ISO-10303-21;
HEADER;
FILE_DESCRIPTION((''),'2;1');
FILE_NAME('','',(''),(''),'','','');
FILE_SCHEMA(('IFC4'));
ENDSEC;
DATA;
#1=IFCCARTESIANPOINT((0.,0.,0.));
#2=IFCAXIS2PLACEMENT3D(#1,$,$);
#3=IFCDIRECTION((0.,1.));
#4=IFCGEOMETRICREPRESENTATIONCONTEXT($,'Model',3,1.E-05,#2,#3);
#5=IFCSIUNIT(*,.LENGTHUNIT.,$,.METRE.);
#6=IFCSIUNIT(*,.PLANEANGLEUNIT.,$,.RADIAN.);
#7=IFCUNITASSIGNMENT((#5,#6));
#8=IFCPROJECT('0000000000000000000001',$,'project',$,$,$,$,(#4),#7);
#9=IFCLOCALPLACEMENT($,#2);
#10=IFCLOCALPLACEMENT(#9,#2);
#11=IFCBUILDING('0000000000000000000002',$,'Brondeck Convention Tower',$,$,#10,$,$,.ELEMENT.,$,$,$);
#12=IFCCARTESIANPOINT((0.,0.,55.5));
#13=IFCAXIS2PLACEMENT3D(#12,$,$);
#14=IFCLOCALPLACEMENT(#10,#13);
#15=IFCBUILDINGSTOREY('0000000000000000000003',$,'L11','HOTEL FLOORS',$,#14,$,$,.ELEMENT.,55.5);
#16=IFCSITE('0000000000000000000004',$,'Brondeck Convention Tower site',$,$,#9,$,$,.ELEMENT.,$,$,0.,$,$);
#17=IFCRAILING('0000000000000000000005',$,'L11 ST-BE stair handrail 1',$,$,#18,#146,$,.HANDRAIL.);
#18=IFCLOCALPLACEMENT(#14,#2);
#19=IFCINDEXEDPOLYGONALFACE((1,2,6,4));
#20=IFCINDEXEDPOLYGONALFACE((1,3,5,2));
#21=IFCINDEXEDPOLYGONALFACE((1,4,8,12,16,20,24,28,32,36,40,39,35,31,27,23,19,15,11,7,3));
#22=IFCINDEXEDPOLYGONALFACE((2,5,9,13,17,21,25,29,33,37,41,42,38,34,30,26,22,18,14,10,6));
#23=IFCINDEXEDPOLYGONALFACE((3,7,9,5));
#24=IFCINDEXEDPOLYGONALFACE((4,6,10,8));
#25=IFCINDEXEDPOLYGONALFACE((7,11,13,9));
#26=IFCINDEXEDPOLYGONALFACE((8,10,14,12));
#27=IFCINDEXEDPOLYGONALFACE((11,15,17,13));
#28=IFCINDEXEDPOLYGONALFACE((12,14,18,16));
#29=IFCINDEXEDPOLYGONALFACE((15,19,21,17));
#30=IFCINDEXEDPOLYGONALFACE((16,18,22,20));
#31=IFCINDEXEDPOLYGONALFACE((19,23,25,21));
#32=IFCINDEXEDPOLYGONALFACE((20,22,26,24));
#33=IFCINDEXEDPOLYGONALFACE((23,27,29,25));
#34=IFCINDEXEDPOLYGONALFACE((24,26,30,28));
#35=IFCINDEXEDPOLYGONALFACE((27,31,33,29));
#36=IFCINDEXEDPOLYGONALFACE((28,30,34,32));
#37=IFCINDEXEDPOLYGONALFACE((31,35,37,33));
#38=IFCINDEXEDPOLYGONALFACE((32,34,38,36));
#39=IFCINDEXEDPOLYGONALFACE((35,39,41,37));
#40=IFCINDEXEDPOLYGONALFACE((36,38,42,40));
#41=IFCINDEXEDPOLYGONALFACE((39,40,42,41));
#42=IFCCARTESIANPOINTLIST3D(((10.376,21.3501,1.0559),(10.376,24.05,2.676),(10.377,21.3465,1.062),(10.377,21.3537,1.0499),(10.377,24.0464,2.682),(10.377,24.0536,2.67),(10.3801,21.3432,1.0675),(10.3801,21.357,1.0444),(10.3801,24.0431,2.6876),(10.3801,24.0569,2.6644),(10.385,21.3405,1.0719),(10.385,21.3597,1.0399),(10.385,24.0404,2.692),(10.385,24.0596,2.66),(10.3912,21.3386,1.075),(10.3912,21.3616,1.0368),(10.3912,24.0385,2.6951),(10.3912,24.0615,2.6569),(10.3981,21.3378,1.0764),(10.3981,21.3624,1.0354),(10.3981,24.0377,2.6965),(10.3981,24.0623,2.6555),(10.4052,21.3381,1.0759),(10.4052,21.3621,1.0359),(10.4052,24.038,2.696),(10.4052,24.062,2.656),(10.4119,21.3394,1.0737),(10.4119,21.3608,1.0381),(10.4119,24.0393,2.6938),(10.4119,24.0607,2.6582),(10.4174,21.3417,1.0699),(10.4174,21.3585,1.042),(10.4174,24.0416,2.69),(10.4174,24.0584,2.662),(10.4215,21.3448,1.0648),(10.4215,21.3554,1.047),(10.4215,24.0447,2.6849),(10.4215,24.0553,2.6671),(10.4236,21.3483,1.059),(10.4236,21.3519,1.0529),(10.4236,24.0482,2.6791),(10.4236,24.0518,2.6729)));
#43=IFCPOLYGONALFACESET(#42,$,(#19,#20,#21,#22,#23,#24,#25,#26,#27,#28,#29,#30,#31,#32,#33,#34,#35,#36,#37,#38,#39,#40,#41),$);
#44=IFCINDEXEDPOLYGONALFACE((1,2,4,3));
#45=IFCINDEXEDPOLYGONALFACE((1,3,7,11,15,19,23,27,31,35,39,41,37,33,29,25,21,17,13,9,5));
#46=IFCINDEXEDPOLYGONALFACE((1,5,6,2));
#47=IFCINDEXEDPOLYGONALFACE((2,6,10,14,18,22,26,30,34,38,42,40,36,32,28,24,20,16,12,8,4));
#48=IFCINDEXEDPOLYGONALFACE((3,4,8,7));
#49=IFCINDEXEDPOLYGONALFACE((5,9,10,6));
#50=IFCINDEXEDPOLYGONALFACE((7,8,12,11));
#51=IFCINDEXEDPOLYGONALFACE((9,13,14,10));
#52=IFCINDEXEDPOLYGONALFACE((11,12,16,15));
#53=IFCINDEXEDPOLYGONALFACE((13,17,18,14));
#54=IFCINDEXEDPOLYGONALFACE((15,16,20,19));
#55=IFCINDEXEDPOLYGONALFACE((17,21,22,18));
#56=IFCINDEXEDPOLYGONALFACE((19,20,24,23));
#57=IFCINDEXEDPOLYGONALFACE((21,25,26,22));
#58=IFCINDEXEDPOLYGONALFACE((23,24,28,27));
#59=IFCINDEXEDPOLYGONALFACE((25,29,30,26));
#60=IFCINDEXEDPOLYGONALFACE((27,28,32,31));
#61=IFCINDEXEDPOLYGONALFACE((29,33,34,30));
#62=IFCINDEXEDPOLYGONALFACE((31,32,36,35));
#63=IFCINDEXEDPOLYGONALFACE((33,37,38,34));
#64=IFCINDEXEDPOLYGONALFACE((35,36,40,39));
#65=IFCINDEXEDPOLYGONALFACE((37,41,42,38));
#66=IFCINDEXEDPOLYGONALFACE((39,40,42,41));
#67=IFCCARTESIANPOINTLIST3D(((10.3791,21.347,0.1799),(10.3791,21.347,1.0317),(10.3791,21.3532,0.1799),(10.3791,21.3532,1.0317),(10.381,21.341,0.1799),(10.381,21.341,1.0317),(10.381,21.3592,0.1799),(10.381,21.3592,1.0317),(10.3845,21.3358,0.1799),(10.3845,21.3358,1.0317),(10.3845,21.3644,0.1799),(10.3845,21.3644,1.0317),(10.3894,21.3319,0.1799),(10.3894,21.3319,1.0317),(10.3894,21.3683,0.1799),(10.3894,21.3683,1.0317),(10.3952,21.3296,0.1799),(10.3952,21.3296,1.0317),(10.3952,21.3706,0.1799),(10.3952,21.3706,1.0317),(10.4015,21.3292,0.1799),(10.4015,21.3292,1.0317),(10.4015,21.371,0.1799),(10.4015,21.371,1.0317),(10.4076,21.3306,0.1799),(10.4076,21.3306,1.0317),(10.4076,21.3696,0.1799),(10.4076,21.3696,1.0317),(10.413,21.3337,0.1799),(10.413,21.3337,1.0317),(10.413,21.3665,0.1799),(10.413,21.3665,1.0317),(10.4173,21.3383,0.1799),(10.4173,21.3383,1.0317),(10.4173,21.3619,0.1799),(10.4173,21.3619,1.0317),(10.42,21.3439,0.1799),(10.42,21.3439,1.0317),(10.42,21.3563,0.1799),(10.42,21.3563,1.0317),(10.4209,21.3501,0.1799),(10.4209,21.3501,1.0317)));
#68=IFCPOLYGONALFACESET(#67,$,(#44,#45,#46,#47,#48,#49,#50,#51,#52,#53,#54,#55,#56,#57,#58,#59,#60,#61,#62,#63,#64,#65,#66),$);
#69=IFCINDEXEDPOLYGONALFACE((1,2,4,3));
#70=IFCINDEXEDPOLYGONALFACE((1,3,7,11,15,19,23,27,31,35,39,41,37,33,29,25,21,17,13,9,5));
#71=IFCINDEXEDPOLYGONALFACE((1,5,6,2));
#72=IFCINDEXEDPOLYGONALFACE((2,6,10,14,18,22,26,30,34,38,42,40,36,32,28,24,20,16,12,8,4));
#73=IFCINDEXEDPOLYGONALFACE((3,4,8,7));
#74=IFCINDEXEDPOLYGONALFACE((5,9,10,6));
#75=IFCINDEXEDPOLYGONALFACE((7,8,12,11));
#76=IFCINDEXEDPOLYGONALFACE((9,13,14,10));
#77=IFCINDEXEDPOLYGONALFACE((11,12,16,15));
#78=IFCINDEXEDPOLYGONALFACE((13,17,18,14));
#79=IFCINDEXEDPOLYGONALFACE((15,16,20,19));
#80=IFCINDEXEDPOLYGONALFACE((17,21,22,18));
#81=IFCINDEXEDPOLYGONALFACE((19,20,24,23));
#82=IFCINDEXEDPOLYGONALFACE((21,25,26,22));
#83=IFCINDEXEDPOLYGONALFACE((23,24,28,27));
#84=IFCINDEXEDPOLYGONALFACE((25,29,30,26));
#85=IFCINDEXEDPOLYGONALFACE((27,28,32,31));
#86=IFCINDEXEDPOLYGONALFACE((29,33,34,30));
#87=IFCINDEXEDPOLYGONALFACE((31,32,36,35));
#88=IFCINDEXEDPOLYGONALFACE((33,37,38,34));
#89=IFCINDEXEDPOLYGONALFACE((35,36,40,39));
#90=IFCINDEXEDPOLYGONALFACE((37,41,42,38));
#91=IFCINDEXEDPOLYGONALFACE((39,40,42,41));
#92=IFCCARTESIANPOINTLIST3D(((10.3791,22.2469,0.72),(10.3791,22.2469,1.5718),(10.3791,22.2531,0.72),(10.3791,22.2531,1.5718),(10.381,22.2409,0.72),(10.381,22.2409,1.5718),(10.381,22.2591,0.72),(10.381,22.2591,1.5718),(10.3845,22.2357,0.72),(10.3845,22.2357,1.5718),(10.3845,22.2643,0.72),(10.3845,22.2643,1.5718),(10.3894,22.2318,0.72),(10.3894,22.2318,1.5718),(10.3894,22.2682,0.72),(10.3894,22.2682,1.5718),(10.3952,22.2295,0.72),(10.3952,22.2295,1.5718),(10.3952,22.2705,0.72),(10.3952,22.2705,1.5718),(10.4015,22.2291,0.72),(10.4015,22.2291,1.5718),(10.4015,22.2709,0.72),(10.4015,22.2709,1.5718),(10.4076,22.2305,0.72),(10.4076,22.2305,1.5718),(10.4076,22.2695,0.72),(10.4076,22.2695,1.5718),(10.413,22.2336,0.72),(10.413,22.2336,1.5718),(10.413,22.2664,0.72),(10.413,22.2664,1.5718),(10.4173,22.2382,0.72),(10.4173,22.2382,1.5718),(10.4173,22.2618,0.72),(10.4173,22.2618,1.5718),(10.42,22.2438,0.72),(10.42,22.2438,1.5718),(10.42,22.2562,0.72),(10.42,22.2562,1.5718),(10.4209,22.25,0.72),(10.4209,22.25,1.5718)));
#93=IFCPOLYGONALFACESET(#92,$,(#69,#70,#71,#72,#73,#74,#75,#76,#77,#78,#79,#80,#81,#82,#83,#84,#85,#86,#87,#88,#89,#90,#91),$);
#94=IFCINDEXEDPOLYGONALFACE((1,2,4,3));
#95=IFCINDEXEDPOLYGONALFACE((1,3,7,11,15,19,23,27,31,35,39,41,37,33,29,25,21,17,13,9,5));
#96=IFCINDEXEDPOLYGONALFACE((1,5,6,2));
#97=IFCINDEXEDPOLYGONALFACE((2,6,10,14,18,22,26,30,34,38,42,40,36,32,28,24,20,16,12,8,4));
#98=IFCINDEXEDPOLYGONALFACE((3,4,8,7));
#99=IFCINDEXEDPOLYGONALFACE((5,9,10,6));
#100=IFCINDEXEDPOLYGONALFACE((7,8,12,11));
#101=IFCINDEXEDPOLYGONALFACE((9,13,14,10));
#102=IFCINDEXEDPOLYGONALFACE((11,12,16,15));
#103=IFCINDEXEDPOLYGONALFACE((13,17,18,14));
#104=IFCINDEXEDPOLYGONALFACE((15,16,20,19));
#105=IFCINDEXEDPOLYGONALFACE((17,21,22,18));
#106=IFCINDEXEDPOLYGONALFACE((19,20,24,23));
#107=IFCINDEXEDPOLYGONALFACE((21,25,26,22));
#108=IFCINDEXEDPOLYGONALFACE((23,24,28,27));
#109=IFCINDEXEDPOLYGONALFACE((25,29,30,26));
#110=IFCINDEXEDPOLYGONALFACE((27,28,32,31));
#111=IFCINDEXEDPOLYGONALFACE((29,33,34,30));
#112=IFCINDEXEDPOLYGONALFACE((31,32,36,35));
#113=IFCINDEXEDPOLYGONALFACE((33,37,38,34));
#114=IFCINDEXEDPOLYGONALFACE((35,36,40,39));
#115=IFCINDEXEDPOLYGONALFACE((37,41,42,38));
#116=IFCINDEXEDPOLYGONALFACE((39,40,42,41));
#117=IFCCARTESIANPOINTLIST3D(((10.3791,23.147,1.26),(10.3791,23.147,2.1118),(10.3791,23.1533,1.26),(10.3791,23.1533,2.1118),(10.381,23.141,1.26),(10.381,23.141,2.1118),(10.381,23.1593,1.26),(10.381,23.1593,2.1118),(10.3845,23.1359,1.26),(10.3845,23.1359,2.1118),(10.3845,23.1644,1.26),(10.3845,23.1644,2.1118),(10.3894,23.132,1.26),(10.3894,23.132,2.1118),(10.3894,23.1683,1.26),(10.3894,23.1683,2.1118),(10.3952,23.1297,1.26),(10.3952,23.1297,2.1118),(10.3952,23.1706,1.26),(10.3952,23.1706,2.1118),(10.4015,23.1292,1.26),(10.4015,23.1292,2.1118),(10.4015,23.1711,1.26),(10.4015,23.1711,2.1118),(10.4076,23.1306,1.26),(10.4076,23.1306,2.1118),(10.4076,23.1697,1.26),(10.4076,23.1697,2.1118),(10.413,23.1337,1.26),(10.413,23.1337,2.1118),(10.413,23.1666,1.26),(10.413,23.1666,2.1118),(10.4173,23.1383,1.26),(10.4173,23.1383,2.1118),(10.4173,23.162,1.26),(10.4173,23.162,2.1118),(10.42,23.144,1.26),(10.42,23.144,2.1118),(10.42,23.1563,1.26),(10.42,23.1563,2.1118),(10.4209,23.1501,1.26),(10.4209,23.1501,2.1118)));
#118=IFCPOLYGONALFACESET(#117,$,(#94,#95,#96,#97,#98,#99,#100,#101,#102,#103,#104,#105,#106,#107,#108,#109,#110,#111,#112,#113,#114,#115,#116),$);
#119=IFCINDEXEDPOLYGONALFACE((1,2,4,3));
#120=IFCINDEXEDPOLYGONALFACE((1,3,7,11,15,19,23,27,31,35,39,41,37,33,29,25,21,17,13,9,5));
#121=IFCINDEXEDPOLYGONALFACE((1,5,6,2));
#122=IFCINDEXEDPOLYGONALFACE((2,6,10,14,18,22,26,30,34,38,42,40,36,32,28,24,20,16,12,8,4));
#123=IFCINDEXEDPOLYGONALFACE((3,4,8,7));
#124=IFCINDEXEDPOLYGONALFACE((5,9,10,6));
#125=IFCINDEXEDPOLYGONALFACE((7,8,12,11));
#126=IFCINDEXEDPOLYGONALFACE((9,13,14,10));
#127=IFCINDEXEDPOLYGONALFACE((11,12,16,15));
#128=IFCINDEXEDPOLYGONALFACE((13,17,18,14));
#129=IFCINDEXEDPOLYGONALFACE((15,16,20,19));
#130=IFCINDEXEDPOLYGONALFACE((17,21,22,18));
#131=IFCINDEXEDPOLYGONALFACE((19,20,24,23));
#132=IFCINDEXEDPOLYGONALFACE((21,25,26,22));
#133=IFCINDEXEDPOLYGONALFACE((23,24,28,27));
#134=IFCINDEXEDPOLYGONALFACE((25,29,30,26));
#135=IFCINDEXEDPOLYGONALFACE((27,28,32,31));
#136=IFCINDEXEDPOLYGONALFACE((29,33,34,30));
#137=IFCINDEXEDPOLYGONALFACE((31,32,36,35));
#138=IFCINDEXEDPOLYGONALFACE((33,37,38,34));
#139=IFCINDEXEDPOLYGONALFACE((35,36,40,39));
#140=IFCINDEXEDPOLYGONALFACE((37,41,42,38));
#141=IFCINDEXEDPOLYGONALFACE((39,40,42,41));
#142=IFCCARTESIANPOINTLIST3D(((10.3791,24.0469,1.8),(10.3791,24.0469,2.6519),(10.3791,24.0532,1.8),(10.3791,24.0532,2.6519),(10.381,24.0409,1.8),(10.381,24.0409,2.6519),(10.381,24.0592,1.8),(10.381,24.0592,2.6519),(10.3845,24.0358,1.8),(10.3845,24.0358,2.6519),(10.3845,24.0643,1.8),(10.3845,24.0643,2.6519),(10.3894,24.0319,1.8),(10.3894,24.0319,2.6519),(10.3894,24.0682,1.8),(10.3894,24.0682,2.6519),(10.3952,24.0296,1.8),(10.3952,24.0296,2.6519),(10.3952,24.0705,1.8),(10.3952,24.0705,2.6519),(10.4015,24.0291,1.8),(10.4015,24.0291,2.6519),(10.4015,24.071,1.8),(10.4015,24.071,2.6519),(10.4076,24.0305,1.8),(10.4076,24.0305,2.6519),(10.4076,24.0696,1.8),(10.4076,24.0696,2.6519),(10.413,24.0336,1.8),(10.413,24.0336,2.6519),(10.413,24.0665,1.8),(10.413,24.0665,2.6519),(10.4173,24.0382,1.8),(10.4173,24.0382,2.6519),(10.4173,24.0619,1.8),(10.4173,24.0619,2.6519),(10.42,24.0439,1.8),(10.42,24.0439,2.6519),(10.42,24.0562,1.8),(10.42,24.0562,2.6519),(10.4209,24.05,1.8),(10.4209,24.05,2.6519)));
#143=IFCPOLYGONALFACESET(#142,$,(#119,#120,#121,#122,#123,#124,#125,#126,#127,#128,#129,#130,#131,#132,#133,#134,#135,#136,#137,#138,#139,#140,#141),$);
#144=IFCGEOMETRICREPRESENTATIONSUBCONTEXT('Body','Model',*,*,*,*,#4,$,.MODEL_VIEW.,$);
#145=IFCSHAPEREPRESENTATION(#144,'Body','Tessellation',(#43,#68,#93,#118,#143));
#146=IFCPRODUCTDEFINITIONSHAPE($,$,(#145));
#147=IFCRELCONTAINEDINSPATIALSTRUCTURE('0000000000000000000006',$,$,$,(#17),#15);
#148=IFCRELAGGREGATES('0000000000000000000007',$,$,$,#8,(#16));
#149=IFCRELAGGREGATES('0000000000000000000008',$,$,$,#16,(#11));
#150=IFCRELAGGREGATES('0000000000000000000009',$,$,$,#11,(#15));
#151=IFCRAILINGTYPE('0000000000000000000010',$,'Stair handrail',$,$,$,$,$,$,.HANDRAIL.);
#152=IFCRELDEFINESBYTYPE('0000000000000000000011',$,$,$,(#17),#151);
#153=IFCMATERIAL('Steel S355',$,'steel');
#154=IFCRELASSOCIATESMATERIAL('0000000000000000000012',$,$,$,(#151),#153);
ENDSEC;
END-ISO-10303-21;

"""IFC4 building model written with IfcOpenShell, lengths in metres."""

from ifc_helpers import new_model, si_unit, direction, frame, origin, origin_2d, place, context, subcontext, project, spatial, circle, extrude, material, type_object, element, save


model = new_model("IFC4")

# Units and contexts
model_context = context("Model", 3, precision=1e-05, world=origin(), true_north=direction((0.0, 1.0)))
body_context = subcontext(model_context, "Body", "Model", "MODEL_VIEW")
ifc_project = project(units=[si_unit("LENGTHUNIT", "METRE"), si_unit("PLANEANGLEUNIT", "RADIAN")], contexts=[model_context])

# Site, building, storey
site_placement = place(None, origin())
site = spatial("IfcSite", under=ifc_project, at=site_placement, Name="Brondeck Convention Tower site", CompositionType="ELEMENT", RefElevation=0.0)
building_placement = place(site_placement, origin())
building = spatial("IfcBuilding", under=site, at=building_placement, Name="Brondeck Convention Tower", CompositionType="ELEMENT")
storey_placement = place(building_placement, frame((0.0, 0.0, 55.5)))
storey = spatial("IfcBuildingStorey", under=building, at=storey_placement, Name="L11", Description="HOTEL FLOORS", CompositionType="ELEMENT", Elevation=55.5)

# Shared definitions
ifc_material_1 = material(Name="Steel S355", Category="steel")

# Railing
railing_type_1 = type_object("IfcRailingType", Name="Stair handrail", PredefinedType="HANDRAIL", material=ifc_material_1)
railing_1_placement = place(storey_placement, frame((10.3999, 21.3501, 0.1799)))
element("IfcRailing", 1, at=railing_1_placement, inside=storey, type_object=railing_type_1, Name="L11 ST-BE stair handrail 1", PredefinedType="HANDRAIL", context=body_context, shape_type="SweptSolid", body=[
    extrude(circle(Radius=0.0239, at=origin_2d()), frame((0.0, 0.0, 0.876), z_axis=(0.0, 0.857472, 0.51453), x_axis=(-1.0, 0.0, 0.0)), (0.0, 0.0, 1.0), 3.1487),
    extrude(circle(Radius=0.021, at=origin_2d()), origin(), (0.0, 0.0, 1.0), 0.8518),
    extrude(circle(Radius=0.021, at=origin_2d()), frame((0.0, 0.8999, 0.54)), (0.0, 0.0, 1.0), 0.8518),
    extrude(circle(Radius=0.021, at=origin_2d()), frame((0.0, 1.8, 1.0801)), (0.0, 0.0, 1.0), 0.8518),
    extrude(circle(Radius=0.021, at=origin_2d()), frame((0.0, 2.7, 1.6201)), (0.0, 0.0, 1.0), 0.8518),
])

save(model, "model.ifc")
